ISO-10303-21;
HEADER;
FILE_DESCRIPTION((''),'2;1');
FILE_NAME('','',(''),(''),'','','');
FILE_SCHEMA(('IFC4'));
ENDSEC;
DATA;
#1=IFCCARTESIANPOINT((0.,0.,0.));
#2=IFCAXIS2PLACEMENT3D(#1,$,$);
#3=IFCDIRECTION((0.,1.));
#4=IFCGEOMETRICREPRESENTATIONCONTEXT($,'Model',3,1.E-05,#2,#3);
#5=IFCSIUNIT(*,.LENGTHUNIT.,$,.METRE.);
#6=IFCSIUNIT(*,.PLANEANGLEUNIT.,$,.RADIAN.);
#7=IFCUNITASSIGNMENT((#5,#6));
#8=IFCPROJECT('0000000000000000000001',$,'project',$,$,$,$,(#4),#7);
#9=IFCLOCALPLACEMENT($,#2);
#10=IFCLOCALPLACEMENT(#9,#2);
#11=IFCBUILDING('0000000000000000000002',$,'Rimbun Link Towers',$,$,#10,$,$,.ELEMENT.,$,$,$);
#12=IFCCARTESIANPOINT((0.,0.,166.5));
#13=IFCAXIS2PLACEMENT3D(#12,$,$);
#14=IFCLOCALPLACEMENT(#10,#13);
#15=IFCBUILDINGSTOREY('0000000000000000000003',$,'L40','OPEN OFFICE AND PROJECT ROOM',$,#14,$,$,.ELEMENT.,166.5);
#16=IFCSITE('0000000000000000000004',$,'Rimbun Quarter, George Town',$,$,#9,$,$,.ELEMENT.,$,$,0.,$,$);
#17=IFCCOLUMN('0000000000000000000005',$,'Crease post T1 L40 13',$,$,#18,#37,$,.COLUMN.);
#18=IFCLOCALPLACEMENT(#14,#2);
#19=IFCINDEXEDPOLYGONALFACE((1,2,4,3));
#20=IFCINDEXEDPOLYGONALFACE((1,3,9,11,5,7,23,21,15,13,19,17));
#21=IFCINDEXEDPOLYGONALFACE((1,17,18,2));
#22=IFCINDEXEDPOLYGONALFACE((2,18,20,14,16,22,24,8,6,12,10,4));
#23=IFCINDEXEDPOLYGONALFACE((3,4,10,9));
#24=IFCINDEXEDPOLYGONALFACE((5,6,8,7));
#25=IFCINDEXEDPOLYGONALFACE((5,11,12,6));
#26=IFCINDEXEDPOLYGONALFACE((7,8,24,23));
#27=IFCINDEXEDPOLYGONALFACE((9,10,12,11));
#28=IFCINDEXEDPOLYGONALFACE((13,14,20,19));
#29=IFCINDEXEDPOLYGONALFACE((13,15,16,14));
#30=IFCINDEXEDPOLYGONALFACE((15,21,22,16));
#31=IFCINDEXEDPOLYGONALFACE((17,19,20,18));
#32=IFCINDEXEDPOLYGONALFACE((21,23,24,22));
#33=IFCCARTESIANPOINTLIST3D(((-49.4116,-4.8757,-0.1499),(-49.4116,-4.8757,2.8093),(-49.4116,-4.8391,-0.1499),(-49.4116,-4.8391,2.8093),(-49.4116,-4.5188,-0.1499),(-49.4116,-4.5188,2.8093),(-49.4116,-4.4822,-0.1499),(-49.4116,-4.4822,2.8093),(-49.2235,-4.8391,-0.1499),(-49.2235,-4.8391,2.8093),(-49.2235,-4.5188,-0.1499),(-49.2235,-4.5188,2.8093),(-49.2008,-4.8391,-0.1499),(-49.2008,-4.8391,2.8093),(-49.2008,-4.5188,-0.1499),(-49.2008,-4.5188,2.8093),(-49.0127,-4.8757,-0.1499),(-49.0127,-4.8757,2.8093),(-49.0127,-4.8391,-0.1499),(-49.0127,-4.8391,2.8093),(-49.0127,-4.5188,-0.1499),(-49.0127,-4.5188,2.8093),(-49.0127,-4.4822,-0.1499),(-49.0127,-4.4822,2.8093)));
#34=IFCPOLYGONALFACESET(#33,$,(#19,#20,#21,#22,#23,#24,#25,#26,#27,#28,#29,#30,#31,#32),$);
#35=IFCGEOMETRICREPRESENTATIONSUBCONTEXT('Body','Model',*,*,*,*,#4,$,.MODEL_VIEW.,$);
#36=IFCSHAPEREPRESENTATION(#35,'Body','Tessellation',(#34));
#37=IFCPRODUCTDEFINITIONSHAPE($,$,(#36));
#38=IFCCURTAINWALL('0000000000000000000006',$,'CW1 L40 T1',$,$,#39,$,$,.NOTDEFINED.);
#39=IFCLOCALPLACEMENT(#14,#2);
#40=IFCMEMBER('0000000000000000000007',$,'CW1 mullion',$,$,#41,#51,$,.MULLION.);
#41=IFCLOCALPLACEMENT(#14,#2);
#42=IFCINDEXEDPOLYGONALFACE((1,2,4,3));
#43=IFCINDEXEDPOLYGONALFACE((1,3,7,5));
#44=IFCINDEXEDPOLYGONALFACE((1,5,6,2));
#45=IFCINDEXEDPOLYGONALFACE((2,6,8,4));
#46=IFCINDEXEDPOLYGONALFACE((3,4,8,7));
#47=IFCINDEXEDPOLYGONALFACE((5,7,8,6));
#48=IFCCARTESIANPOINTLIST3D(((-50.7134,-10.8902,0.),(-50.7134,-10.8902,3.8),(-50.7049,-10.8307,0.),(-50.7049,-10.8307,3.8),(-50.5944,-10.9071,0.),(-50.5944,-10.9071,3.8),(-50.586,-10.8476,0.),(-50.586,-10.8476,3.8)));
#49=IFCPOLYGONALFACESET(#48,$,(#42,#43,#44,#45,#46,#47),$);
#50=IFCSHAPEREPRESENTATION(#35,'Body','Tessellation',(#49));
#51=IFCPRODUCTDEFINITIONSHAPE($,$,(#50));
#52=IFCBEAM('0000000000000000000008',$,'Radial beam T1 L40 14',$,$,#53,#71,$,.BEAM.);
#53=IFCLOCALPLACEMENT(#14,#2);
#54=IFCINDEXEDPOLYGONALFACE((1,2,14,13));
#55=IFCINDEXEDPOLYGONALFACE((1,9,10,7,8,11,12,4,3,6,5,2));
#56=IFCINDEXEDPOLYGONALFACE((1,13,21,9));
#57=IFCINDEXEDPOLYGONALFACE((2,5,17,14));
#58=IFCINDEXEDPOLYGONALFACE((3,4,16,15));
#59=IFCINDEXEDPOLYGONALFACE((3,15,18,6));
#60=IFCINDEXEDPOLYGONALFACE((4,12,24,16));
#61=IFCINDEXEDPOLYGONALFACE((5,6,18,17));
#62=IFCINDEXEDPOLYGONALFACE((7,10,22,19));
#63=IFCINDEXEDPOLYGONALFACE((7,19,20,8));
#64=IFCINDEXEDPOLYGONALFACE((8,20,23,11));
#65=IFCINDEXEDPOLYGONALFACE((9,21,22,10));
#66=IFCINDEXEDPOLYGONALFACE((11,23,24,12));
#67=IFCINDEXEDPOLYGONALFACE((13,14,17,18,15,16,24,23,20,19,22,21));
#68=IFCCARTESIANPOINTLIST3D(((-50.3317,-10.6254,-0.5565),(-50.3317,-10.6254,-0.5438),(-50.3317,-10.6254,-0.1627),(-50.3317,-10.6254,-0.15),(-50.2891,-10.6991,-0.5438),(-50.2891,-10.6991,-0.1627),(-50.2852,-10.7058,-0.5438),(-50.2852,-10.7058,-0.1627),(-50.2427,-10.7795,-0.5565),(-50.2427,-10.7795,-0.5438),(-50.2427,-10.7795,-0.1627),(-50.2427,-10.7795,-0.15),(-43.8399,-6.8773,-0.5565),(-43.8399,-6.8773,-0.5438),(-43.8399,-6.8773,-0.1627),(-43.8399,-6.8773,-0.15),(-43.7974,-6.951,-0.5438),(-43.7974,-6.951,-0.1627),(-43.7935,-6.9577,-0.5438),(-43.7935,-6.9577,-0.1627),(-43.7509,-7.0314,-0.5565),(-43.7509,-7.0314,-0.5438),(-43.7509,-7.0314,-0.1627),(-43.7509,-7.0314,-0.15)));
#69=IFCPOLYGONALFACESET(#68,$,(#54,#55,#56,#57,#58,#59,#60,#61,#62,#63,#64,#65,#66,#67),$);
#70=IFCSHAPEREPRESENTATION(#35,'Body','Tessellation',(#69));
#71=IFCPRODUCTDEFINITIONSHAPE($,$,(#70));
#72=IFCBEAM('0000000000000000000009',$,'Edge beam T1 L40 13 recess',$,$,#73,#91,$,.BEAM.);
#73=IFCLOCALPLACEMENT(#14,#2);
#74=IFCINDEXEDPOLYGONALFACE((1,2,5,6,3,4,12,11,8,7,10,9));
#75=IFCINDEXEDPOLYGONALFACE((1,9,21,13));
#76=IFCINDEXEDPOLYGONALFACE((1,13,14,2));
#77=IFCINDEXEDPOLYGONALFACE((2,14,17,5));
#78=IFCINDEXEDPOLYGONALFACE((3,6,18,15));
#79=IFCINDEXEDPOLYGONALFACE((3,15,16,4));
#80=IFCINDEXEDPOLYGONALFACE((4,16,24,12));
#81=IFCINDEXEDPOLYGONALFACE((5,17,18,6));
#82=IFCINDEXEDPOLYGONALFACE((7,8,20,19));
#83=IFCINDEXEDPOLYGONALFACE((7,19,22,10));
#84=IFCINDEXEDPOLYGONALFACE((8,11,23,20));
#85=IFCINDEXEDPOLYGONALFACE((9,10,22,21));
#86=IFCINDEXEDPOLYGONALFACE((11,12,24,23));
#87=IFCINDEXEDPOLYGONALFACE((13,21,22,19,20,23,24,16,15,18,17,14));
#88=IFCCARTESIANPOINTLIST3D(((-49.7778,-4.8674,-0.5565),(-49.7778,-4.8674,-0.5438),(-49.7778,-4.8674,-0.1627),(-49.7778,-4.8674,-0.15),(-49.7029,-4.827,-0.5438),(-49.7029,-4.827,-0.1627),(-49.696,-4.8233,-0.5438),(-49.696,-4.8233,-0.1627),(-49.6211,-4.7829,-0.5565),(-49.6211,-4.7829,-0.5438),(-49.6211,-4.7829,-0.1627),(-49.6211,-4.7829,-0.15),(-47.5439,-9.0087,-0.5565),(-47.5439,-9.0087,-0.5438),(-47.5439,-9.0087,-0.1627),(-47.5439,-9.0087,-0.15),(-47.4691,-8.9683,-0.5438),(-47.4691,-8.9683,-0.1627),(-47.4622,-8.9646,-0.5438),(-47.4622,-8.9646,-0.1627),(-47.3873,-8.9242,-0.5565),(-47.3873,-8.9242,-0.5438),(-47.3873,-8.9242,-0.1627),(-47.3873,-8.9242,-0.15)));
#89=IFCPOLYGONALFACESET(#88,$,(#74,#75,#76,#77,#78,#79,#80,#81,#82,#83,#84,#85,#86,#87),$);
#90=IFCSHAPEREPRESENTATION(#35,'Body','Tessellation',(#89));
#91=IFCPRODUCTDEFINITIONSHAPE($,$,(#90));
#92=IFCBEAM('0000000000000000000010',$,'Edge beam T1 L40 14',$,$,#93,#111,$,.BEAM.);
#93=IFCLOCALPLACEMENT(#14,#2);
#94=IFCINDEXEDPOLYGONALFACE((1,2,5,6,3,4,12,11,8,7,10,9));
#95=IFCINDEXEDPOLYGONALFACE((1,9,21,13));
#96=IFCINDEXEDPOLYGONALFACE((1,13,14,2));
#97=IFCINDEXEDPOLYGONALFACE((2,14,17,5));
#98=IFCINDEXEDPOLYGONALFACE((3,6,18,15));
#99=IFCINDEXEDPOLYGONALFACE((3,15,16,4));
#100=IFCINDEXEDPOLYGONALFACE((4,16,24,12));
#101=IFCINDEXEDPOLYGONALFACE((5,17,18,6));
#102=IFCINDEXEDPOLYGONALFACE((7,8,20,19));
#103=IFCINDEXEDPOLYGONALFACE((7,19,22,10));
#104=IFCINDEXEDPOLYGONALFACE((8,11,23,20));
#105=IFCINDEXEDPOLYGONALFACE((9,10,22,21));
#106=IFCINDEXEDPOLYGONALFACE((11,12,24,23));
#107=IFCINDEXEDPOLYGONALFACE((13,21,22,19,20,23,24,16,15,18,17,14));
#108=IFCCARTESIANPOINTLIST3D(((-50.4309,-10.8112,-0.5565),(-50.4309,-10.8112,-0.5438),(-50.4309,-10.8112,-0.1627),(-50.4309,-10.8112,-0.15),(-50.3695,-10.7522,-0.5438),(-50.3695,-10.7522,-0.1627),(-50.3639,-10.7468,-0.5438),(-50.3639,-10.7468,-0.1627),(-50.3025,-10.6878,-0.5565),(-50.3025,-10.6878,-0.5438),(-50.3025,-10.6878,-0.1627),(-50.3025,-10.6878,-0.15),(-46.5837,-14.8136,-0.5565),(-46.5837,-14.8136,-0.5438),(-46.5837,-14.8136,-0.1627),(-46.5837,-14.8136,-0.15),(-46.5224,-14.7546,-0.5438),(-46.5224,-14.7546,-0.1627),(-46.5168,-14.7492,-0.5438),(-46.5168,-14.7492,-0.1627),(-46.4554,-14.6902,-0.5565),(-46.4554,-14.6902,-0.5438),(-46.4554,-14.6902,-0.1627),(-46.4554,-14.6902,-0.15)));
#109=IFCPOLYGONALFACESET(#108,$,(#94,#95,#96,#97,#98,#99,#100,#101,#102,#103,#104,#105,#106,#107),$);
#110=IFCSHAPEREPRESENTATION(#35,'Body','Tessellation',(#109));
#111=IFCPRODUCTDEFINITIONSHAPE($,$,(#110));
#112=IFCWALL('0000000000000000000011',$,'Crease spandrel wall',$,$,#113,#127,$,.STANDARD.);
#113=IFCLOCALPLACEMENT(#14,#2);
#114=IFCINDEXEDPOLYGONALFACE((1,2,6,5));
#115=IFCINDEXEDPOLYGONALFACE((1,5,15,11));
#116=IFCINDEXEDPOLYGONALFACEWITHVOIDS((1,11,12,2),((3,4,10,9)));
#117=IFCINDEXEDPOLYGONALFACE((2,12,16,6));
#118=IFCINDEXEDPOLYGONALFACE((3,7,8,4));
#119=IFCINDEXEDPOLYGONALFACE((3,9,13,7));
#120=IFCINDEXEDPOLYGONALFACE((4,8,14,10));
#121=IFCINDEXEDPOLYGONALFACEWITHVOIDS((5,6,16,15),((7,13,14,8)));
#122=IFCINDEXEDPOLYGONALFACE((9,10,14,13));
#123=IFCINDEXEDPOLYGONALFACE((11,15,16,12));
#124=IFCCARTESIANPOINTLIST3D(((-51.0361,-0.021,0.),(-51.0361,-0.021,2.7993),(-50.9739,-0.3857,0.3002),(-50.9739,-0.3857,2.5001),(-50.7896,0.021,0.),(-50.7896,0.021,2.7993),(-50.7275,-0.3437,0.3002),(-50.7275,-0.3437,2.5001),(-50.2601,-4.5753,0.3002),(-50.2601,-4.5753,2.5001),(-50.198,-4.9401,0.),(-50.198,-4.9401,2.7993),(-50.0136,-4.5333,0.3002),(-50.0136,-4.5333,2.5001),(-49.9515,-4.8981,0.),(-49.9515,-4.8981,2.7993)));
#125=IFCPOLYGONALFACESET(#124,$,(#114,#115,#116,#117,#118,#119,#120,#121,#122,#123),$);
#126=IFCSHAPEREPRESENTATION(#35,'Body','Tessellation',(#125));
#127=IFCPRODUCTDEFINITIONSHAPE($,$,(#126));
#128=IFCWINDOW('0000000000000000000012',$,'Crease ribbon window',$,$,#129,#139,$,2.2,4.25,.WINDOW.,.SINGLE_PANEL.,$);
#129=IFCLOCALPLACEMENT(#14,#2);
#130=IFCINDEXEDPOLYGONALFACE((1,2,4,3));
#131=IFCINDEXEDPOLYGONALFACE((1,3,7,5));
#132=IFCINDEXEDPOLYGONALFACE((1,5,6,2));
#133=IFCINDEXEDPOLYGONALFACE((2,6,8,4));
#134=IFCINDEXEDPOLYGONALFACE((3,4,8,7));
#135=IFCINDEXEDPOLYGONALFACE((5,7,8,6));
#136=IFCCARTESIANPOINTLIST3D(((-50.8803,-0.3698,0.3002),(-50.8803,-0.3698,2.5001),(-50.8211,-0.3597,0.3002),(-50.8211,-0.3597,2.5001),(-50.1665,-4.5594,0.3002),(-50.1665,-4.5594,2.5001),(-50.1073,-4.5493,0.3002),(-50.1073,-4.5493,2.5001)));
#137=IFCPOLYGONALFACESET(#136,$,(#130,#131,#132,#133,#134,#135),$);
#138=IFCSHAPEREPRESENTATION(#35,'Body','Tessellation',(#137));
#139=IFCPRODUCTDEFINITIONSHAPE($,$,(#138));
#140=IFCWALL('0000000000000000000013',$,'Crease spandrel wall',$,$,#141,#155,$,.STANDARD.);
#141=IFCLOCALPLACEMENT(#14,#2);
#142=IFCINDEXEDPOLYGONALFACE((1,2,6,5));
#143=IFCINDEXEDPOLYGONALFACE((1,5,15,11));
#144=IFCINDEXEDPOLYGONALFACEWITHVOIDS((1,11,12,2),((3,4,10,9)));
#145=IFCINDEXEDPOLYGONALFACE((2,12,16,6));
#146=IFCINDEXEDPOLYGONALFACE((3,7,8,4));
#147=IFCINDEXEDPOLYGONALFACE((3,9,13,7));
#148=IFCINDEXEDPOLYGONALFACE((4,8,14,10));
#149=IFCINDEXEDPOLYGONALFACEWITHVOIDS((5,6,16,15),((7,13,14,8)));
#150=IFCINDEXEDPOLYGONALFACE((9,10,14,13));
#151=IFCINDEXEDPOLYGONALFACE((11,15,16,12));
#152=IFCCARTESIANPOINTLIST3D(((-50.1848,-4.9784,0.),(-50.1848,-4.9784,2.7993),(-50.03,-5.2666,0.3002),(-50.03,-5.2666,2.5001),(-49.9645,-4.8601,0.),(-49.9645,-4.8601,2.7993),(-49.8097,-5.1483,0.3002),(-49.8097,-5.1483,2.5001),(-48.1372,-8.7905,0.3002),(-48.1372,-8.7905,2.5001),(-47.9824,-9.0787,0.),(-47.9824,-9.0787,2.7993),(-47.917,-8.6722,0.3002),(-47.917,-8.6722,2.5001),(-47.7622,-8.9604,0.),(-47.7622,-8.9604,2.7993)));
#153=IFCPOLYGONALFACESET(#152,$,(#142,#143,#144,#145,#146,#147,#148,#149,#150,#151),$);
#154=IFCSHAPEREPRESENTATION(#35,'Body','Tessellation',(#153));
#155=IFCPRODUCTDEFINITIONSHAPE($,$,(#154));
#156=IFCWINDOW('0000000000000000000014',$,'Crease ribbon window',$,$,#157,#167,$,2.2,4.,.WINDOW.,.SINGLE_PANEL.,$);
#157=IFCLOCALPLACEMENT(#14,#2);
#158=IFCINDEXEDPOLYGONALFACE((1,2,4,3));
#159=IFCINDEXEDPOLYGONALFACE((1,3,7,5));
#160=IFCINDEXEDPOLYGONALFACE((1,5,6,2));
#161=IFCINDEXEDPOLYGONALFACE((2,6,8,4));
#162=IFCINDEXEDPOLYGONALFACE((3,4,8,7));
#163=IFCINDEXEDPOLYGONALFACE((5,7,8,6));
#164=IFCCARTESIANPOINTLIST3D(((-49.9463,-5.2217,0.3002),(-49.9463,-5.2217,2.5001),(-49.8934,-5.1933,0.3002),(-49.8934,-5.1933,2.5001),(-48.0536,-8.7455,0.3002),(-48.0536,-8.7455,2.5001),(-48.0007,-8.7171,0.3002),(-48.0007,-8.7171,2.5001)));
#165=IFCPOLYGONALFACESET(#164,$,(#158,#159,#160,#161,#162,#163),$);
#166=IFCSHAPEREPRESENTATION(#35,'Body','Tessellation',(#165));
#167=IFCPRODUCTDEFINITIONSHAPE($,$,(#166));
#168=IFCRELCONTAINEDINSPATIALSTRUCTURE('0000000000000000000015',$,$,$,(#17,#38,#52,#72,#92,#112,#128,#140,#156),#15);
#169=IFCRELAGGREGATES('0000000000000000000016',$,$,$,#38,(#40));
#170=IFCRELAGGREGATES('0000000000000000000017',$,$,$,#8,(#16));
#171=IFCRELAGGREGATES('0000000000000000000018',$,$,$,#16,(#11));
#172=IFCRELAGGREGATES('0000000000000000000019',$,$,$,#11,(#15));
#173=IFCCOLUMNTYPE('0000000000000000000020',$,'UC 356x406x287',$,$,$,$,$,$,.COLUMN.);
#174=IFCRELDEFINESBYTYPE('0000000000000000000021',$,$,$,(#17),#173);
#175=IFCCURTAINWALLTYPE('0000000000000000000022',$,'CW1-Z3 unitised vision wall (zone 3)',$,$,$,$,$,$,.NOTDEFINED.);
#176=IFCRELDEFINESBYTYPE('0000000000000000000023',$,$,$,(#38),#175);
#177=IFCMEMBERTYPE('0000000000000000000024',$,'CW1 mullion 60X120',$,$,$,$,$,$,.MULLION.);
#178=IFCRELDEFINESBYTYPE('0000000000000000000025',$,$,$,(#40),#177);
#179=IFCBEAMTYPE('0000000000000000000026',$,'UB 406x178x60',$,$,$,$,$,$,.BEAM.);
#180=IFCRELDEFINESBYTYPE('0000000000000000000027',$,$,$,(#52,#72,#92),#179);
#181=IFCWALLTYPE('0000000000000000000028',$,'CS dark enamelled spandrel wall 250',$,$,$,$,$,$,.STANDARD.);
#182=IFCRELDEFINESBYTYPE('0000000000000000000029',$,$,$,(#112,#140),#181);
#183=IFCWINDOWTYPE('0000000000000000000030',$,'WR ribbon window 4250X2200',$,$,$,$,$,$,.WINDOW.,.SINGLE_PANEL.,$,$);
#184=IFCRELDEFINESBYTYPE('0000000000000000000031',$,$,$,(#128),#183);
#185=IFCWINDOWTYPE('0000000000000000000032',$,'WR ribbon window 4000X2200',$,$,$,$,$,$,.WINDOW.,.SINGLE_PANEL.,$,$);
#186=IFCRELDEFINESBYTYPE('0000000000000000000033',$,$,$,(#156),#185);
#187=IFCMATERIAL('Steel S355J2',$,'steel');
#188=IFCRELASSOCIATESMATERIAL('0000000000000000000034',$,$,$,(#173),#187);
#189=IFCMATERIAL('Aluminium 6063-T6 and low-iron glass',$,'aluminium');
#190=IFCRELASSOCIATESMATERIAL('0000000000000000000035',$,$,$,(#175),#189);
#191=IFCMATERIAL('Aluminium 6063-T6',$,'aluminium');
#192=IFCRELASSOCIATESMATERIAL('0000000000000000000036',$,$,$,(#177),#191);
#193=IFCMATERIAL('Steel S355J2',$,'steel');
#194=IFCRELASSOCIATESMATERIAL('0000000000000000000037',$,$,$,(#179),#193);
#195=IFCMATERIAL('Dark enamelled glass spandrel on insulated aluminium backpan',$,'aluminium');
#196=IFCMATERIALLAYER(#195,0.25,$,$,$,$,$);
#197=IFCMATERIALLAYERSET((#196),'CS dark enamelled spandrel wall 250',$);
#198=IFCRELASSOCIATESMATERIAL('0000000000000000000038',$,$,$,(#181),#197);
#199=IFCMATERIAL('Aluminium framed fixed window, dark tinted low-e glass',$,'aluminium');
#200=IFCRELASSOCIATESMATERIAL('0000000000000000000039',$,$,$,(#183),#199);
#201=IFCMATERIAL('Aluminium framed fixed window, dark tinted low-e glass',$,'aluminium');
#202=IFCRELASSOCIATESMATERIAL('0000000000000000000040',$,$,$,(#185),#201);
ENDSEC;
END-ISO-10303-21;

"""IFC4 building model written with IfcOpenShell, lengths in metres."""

from ifc_helpers import new_model, si_unit, direction, frame, frame_2d, origin, origin_2d, place, context, subcontext, project, spatial, rectangle, i_section, extrude, material, layer, layer_set, material_profile, profile_set, type_object, element, fill, aggregate, save


model = new_model("IFC4")

# Units and contexts
model_context = context("Model", 3, precision=1e-05, world=origin(), true_north=direction((0.0, 1.0)))
body_context = subcontext(model_context, "Body", "Model", "MODEL_VIEW")
ifc_project = project(units=[si_unit("LENGTHUNIT", "METRE"), si_unit("PLANEANGLEUNIT", "RADIAN")], contexts=[model_context])

# Site, building, storey
site_placement = place(None, origin())
site = spatial("IfcSite", under=ifc_project, at=site_placement, Name="Rimbun Quarter, George Town", CompositionType="ELEMENT", RefElevation=0.0)
building_placement = place(site_placement, origin())
building = spatial("IfcBuilding", under=site, at=building_placement, Name="Rimbun Link Towers", CompositionType="ELEMENT")
storey_placement = place(building_placement, frame((0.0, 0.0, 166.5)))
storey = spatial("IfcBuildingStorey", under=building, at=storey_placement, Name="L40", Description="OPEN OFFICE AND PROJECT ROOM", CompositionType="ELEMENT", Elevation=166.5)

# Column
ifc_material_1 = material(Name="Steel S355J2", Category="steel")
ifc_material_profile_1 = material_profile(ifc_material_1, i_section(OverallWidth=0.3989, OverallDepth=0.3936, WebThickness=0.0227, FlangeThickness=0.0366, at=origin_2d()), Name="UC 356x406x287")
ifc_profile_set_1 = profile_set([ifc_material_profile_1], Name="Steel S355J2")
column_type = type_object("IfcColumnType", Name="UC 356x406x287", PredefinedType="COLUMN", material=ifc_profile_set_1)
column_placement = place(storey_placement, frame((-49.2122, -4.679, -0.1499), z_axis=(0.0, 0.0, 1.0), x_axis=(1.0, 0.0, 0.0)))
element("IfcColumn", 1, at=column_placement, inside=storey, type_object=column_type, Name="Crease post T1 L40 13", PredefinedType="COLUMN", context=body_context, shape_type="SweptSolid", body=[
    extrude(i_section(OverallWidth=0.3989, OverallDepth=0.3936, WebThickness=0.0227, FlangeThickness=0.0366, at=origin_2d()), origin(), (0.0, 0.0, 1.0), 2.9592),
])

# Curtain wall, member
ifc_material_2 = material(Name="Aluminium 6063-T6 and low-iron glass", Category="aluminium")
curtain_wall_type = type_object("IfcCurtainWallType", Name="CW1-Z3 unitised vision wall (zone 3)", PredefinedType="NOTDEFINED", material=ifc_material_2)
curtain_wall_placement = place(storey_placement, origin())
curtain_wall = element("IfcCurtainWall", 2, at=curtain_wall_placement, inside=storey, type_object=curtain_wall_type, Name="CW1 L40 T1", PredefinedType="NOTDEFINED")
ifc_material_3 = material(Name="Aluminium 6063-T6", Category="aluminium")
ifc_material_profile_2 = material_profile(ifc_material_3, rectangle(XDim=0.1201, YDim=0.0601, at=origin_2d()), Name="MULLION 60X120")
ifc_profile_set_2 = profile_set([ifc_material_profile_2], Name="Aluminium 6063-T6")
member_type = type_object("IfcMemberType", Name="CW1 mullion 60X120", PredefinedType="MULLION", material=ifc_profile_set_2)
member_placement = place(storey_placement, frame((-50.6497, -10.8689, 0.0), z_axis=(0.0, 0.0, 1.0), x_axis=(-0.990015, 0.140965, 0.0)))
member = element("IfcMember", 3, at=member_placement, type_object=member_type, Name="CW1 mullion", PredefinedType="MULLION", context=body_context, shape_type="SweptSolid", body=[
    extrude(rectangle(XDim=0.1201, YDim=0.0601, at=origin_2d()), origin(), (0.0, 0.0, 1.0), 3.8),
])
aggregate(curtain_wall, [member])

# Beams
ifc_material_4 = material(Name="Steel S355J2", Category="steel")
ifc_material_profile_3 = material_profile(ifc_material_4, i_section(OverallWidth=0.178, OverallDepth=0.4065, WebThickness=0.0078, FlangeThickness=0.0127, at=origin_2d()), Name="UB 406x178x60")
ifc_profile_set_3 = profile_set([ifc_material_profile_3], Name="Steel S355J2")
beam_type = type_object("IfcBeamType", Name="UB 406x178x60", PredefinedType="BEAM", material=ifc_profile_set_3)
beam_1_placement = place(storey_placement, frame((-43.7954, -6.9543, -0.3533), z_axis=(-0.866022, -0.500006, 0.0), x_axis=(0.500006, -0.866022, 0.0)))
element("IfcBeam", 4, at=beam_1_placement, inside=storey, type_object=beam_type, Name="Radial beam T1 L40 14", PredefinedType="BEAM", context=body_context, shape_type="SweptSolid", body=[
    extrude(i_section(OverallWidth=0.178, OverallDepth=0.4065, WebThickness=0.0078, FlangeThickness=0.0127, at=origin_2d()), origin(), (0.0, 0.0, 1.0), 7.4961),
])
beam_2_placement = place(storey_placement, frame((-49.6995, -4.8252, -0.3533), z_axis=(0.474746, -0.880123, 0.0), x_axis=(0.880123, 0.474746, 0.0)))
element("IfcBeam", 5, at=beam_2_placement, inside=storey, type_object=beam_type, Name="Edge beam T1 L40 13 recess", PredefinedType="BEAM", context=body_context, shape_type="SweptSolid", body=[
    extrude(i_section(OverallWidth=0.178, OverallDepth=0.4065, WebThickness=0.0078, FlangeThickness=0.0127, at=origin_2d()), origin(), (0.0, 0.0, 1.0), 4.7053),
])
beam_3_placement = place(storey_placement, frame((-50.3667, -10.7495, -0.3533), z_axis=(0.692984, -0.720953, 0.0), x_axis=(0.720953, 0.692984, 0.0)))
element("IfcBeam", 6, at=beam_3_placement, inside=storey, type_object=beam_type, Name="Edge beam T1 L40 14", PredefinedType="BEAM", context=body_context, shape_type="SweptSolid", body=[
    extrude(i_section(OverallWidth=0.178, OverallDepth=0.4065, WebThickness=0.0078, FlangeThickness=0.0127, at=origin_2d()), origin(), (0.0, 0.0, 1.0), 5.5515),
])

# Walls, openings, windows
ifc_material_5 = material(Name="Dark enamelled glass spandrel on insulated aluminium backpan", Category="aluminium")
ifc_layer_1 = layer(ifc_material_5, 0.25)
ifc_layer_set_1 = layer_set([ifc_layer_1], Name="CS dark enamelled spandrel wall 250")
wall_type_1 = type_object("IfcWallType", Name="CS dark enamelled spandrel wall 250", PredefinedType="STANDARD", material=ifc_layer_set_1)
wall_1_placement = place(storey_placement, frame((-50.0747, -4.9192, 0.0), z_axis=(0.0, 0.0, 1.0), x_axis=(-0.16796, 0.985794, 0.0)))
wall_1 = element("IfcWall", 7, at=wall_1_placement, inside=storey, type_object=wall_type_1, Name="Crease spandrel wall", PredefinedType="STANDARD", context=body_context, shape_type="SweptSolid", body=[
    extrude(rectangle(XDim=4.99, YDim=0.25, at=frame_2d((2.4951, 0.0))), origin(), (0.0, 0.0, 1.0), 2.7993),
])
opening_1_placement = place(wall_1_placement, frame((0.3701, 0.0, 0.3)))
opening_1 = element("IfcOpeningElement", 8, at=opening_1_placement, cuts=wall_1, PredefinedType="OPENING", context=body_context, shape_type="SweptSolid", body=[
    extrude(rectangle(XDim=4.25, YDim=2.2, at=frame_2d((2.125, 1.1001))), frame((0.0, 0.135, 0.0), z_axis=(0.0, -1.0, 0.0), x_axis=(1.0, 0.0, 0.0)), (0.0, 0.0, 1.0), 0.27),
])
ifc_material_6 = material(Name="Aluminium framed fixed window, dark tinted low-e glass", Category="aluminium")
window_type_1 = type_object("IfcWindowType", Name="WR ribbon window 4250X2200", PartitioningType="SINGLE_PANEL", PredefinedType="WINDOW", material=ifc_material_6)
window_1_placement = place(opening_1_placement, origin())
window_1 = element("IfcWindow", 9, at=window_1_placement, inside=storey, type_object=window_type_1, Name="Crease ribbon window", OverallHeight=2.2, OverallWidth=4.25, PartitioningType="SINGLE_PANEL", PredefinedType="WINDOW", context=body_context, shape_type="SweptSolid", body=[
    extrude(rectangle(XDim=4.25, YDim=2.2, at=frame_2d((2.125, 1.1001))), frame((0.0, 0.03, 0.0), z_axis=(0.0, -1.0, 0.0), x_axis=(1.0, 0.0, 0.0)), (0.0, 0.0, 1.0), 0.0601),
])
fill(opening_1, window_1)
wall_2_placement = place(storey_placement, frame((-47.8723, -9.0195, 0.0), z_axis=(0.0, 0.0, 1.0), x_axis=(-0.473186, 0.880962, 0.0)))
wall_2 = element("IfcWall", 10, at=wall_2_placement, inside=storey, type_object=wall_type_1, Name="Crease spandrel wall", PredefinedType="STANDARD", context=body_context, shape_type="SweptSolid", body=[
    extrude(rectangle(XDim=4.6543, YDim=0.25, at=frame_2d((2.3271, 0.0))), origin(), (0.0, 0.0, 1.0), 2.7993),
])
opening_2_placement = place(wall_2_placement, frame((0.3271, 0.0, 0.3)))
opening_2 = element("IfcOpeningElement", 11, at=opening_2_placement, cuts=wall_2, PredefinedType="OPENING", context=body_context, shape_type="SweptSolid", body=[
    extrude(rectangle(XDim=4.0, YDim=2.2, at=frame_2d((2.0, 1.1001))), frame((0.0, 0.135, 0.0), z_axis=(0.0, -1.0, 0.0), x_axis=(1.0, 0.0, 0.0)), (0.0, 0.0, 1.0), 0.27),
])
ifc_material_7 = material(Name="Aluminium framed fixed window, dark tinted low-e glass", Category="aluminium")
window_type_2 = type_object("IfcWindowType", Name="WR ribbon window 4000X2200", PartitioningType="SINGLE_PANEL", PredefinedType="WINDOW", material=ifc_material_7)
window_2_placement = place(opening_2_placement, origin())
window_2 = element("IfcWindow", 12, at=window_2_placement, inside=storey, type_object=window_type_2, Name="Crease ribbon window", OverallHeight=2.2, OverallWidth=4.0, PartitioningType="SINGLE_PANEL", PredefinedType="WINDOW", context=body_context, shape_type="SweptSolid", body=[
    extrude(rectangle(XDim=4.0, YDim=2.2, at=frame_2d((2.0, 1.1001))), frame((0.0, 0.03, 0.0), z_axis=(0.0, -1.0, 0.0), x_axis=(1.0, 0.0, 0.0)), (0.0, 0.0, 1.0), 0.0601),
])
fill(opening_2, window_2)

save(model, "model.ifc")
